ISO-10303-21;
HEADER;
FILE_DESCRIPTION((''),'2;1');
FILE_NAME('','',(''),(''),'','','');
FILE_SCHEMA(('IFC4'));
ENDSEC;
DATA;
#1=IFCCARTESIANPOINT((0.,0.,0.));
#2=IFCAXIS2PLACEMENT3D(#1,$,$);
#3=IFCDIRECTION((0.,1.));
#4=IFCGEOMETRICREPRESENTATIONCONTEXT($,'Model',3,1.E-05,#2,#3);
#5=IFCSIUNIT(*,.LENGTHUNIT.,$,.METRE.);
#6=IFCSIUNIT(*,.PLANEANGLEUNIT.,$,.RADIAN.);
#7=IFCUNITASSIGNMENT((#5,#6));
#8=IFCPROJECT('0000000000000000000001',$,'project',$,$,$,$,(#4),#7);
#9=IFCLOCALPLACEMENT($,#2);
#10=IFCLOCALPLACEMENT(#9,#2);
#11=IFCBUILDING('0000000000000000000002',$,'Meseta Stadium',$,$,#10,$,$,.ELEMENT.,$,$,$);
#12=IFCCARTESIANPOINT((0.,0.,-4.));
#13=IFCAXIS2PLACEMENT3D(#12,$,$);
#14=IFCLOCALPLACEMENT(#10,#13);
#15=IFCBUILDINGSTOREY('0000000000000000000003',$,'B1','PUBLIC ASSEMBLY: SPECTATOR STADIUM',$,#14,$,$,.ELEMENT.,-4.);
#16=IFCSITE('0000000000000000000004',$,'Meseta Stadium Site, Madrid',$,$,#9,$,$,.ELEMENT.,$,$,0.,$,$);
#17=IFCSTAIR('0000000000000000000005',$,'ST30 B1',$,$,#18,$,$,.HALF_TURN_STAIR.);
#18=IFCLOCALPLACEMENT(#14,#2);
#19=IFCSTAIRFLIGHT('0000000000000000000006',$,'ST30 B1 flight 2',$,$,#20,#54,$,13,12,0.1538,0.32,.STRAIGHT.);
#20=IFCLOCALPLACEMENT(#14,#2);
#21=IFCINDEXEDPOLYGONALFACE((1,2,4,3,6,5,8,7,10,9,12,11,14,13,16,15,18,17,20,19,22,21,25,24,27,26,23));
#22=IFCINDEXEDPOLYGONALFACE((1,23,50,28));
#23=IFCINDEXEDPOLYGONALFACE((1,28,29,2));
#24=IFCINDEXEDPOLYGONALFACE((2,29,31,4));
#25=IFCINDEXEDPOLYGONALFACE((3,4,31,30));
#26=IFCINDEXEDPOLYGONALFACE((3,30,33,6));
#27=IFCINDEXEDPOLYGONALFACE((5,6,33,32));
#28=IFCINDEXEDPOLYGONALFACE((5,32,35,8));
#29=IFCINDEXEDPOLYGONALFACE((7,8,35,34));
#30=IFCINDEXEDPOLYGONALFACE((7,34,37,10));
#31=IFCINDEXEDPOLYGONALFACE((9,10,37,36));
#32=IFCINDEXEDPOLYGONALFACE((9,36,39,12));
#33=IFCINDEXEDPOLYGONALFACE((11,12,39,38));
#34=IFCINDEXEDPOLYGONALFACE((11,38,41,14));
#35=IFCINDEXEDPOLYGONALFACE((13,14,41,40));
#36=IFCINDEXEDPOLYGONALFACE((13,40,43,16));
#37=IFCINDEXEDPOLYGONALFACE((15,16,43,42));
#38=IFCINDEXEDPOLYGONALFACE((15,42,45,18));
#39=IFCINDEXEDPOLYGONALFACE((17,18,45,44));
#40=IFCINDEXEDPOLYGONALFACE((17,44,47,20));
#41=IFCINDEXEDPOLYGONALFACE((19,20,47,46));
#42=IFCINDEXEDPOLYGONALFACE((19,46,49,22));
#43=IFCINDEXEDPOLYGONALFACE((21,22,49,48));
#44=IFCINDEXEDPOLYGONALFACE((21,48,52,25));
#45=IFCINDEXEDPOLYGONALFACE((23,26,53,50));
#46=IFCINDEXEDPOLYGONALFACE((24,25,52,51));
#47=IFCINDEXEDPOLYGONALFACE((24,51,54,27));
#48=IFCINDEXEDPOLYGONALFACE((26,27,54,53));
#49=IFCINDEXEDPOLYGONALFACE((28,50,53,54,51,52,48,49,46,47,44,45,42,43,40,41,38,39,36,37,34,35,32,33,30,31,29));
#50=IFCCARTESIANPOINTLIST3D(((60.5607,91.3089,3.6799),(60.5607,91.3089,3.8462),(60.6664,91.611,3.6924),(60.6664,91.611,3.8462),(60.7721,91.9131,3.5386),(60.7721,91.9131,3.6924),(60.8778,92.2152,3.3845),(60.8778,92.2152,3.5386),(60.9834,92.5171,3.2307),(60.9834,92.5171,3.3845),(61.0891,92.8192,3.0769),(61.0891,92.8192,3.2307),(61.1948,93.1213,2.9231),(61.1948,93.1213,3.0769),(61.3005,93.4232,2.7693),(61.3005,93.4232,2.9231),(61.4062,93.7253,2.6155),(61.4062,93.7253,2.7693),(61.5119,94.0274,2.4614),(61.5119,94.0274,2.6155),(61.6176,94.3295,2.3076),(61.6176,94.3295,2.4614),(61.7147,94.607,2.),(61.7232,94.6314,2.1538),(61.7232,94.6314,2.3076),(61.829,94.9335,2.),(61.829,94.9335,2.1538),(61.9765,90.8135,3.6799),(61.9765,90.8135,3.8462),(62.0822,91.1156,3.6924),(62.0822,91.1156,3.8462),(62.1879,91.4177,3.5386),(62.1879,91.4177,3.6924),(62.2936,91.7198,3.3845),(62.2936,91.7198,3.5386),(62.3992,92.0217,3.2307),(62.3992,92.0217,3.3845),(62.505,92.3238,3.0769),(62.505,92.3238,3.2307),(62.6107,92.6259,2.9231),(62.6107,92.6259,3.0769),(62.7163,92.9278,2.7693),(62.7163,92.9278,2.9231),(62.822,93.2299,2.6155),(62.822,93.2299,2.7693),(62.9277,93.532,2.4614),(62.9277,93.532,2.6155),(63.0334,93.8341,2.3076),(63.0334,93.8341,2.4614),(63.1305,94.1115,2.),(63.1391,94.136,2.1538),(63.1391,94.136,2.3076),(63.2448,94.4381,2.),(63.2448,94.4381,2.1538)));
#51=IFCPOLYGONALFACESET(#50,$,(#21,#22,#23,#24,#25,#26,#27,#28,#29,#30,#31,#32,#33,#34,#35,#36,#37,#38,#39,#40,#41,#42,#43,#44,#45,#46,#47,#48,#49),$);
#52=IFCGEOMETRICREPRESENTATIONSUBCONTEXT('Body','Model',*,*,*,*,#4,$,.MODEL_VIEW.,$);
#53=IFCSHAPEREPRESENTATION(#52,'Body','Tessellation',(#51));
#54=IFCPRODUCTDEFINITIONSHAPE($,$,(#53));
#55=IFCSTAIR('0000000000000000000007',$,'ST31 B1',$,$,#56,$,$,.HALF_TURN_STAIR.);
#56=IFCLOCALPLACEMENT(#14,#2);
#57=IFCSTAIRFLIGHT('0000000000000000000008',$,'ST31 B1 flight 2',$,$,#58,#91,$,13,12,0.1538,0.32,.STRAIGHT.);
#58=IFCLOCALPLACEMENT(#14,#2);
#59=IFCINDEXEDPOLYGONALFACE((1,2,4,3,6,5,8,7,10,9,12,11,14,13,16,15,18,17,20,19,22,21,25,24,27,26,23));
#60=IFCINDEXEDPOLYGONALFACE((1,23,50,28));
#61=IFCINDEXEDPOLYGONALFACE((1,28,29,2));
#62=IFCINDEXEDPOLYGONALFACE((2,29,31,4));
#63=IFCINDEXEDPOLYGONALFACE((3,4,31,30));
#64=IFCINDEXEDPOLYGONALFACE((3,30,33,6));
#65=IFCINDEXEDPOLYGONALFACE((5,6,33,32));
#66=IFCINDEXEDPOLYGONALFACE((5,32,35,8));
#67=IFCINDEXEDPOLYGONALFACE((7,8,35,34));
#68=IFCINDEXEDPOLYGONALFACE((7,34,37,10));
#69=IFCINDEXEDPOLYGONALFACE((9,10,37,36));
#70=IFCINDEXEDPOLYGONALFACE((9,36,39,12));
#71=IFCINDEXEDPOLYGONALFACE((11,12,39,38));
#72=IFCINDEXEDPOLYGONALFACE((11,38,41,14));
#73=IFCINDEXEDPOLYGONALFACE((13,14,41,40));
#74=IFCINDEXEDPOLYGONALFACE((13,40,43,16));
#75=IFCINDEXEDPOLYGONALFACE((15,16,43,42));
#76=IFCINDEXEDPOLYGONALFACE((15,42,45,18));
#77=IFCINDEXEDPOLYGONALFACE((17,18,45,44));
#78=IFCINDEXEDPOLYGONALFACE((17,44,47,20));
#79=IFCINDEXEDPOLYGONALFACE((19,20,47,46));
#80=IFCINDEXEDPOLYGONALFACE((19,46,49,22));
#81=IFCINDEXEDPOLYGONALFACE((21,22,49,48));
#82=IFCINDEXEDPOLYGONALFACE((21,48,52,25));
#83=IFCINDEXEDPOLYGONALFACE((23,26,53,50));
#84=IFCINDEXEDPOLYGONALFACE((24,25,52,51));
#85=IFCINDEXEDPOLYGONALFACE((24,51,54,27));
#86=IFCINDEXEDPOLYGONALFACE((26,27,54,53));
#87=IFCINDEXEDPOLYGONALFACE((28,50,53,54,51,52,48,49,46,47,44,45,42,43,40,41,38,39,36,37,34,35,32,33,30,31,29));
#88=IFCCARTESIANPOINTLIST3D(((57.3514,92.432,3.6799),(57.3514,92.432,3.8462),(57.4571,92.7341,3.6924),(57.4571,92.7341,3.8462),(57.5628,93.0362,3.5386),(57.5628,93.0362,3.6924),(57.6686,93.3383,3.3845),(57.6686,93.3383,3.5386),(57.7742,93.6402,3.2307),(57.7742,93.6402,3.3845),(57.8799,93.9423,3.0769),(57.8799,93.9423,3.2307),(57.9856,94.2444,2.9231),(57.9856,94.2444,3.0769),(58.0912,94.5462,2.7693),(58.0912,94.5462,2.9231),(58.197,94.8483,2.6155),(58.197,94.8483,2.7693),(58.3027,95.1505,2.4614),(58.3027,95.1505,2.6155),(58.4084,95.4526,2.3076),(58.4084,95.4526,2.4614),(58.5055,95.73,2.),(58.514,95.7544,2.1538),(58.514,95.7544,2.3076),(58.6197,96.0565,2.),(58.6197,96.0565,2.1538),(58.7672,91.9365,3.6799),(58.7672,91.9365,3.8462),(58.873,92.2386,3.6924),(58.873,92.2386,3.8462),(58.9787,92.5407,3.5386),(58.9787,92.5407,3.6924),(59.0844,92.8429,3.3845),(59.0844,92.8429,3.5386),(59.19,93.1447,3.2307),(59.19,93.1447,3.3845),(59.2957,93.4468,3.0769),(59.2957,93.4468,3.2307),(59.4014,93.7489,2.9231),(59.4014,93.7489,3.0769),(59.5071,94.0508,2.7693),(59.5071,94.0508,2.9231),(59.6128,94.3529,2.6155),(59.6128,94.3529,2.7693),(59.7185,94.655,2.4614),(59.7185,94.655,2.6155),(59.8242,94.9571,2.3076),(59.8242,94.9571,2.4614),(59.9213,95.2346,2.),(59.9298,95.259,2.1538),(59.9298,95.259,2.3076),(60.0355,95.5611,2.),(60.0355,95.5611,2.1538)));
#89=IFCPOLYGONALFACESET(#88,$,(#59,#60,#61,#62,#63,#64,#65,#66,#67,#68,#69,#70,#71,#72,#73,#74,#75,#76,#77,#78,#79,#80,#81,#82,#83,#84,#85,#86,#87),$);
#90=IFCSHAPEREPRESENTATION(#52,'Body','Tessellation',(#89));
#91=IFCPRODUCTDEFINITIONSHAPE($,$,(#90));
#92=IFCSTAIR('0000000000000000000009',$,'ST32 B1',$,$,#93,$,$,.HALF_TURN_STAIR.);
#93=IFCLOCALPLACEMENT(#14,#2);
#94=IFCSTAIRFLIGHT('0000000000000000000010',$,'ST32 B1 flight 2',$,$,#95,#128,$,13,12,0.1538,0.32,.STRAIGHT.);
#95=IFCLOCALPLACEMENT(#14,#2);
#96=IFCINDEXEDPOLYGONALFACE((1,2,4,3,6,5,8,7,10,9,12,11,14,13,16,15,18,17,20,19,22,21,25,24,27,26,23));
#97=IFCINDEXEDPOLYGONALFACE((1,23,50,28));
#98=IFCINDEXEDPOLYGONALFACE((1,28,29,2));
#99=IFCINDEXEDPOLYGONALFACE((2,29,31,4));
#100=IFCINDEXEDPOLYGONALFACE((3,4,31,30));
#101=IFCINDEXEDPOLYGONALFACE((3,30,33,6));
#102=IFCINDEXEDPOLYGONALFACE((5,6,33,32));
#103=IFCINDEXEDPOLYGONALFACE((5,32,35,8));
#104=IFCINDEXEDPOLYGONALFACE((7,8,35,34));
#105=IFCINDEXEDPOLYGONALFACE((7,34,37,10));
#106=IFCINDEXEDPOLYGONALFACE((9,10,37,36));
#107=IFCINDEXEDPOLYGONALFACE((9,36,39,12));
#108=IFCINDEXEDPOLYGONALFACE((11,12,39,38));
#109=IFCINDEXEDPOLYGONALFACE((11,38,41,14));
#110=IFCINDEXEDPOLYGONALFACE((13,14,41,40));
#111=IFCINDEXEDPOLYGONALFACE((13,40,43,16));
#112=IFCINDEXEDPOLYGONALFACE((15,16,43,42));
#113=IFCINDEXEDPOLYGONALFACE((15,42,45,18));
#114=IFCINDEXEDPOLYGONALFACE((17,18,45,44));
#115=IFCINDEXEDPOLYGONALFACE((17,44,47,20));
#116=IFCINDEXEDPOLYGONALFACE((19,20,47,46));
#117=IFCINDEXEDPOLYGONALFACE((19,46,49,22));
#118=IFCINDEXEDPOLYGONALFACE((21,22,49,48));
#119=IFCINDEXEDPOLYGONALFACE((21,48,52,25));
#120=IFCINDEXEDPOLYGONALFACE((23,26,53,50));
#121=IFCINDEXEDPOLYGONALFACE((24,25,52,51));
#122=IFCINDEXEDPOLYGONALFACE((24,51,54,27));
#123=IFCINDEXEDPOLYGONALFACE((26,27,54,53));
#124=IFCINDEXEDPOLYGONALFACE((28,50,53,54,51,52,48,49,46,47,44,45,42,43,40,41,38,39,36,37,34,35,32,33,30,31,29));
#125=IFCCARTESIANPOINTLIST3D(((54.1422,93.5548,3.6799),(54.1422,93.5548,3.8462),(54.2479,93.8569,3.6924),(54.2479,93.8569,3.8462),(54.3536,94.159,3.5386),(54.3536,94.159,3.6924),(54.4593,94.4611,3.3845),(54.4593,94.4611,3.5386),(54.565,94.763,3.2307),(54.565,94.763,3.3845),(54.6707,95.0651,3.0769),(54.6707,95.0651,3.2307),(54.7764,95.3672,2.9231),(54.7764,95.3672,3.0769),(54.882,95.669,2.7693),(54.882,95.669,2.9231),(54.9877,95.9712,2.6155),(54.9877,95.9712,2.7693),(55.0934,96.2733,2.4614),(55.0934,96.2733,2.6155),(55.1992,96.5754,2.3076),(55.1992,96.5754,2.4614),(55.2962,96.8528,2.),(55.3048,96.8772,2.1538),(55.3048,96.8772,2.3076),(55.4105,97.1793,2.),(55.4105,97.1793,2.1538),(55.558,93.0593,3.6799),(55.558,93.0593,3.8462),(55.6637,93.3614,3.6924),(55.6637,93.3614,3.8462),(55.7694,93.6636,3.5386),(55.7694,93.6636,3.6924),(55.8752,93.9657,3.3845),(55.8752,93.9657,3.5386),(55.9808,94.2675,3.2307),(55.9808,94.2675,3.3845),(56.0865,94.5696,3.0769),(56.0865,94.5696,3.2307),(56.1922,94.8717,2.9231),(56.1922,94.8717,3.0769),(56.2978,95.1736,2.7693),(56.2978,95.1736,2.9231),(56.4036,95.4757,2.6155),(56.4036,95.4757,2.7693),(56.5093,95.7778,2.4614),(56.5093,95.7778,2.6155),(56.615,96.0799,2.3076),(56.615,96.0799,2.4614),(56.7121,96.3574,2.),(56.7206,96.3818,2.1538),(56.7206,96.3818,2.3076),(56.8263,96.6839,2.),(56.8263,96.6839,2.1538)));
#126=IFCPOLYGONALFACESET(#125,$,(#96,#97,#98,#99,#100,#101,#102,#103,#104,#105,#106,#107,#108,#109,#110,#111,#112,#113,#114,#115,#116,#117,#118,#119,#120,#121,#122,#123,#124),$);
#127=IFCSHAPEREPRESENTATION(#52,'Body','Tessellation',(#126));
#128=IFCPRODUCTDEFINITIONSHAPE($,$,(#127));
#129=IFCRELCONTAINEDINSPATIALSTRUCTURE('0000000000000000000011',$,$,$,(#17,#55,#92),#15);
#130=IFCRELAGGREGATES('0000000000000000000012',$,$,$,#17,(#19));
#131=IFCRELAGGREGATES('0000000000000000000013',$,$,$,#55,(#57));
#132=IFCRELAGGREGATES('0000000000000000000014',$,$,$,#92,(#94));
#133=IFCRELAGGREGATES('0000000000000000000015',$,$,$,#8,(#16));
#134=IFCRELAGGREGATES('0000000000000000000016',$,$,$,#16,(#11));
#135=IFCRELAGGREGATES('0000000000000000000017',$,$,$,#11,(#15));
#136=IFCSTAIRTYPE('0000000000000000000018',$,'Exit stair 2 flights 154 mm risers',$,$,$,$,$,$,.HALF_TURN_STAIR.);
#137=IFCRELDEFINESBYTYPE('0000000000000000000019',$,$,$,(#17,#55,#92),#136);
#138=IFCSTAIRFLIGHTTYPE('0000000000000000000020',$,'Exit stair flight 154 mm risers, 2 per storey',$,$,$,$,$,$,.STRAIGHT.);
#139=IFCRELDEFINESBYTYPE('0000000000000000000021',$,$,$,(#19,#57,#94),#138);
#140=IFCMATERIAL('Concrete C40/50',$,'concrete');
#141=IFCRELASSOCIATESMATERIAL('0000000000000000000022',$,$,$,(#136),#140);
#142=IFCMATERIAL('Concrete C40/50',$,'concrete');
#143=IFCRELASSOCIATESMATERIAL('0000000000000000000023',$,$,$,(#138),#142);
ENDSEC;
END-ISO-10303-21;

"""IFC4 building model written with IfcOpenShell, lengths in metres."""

from ifc_helpers import new_model, si_unit, direction, frame, origin, place, context, subcontext, project, spatial, polyline, outline, extrude, material, type_object, element, aggregate, save


model = new_model("IFC4")

# Units and contexts
model_context = context("Model", 3, precision=1e-05, world=origin(), true_north=direction((0.0, 1.0)))
body_context = subcontext(model_context, "Body", "Model", "MODEL_VIEW")
ifc_project = project(units=[si_unit("LENGTHUNIT", "METRE"), si_unit("PLANEANGLEUNIT", "RADIAN")], contexts=[model_context])

# Site, building, storey
site_placement = place(None, origin())
site = spatial("IfcSite", under=ifc_project, at=site_placement, Name="Meseta Stadium Site, Madrid", CompositionType="ELEMENT", RefElevation=0.0)
building_placement = place(site_placement, origin())
building = spatial("IfcBuilding", under=site, at=building_placement, Name="Meseta Stadium", CompositionType="ELEMENT")
storey_placement = place(building_placement, frame((0.0, 0.0, -4.0)))
storey = spatial("IfcBuildingStorey", under=building, at=storey_placement, Name="B1", Description="PUBLIC ASSEMBLY: SPECTATOR STADIUM", CompositionType="ELEMENT", Elevation=-4.0)

# Stairs, stair flights
ifc_material_1 = material(Name="Concrete C40/50", Category="concrete")
stair_type = type_object("IfcStairType", Name="Exit stair 2 flights 154 mm risers", PredefinedType="HALF_TURN_STAIR", material=ifc_material_1)
stair_1_placement = place(storey_placement, origin())
stair_1 = element("IfcStair", 1, at=stair_1_placement, inside=storey, type_object=stair_type, Name="ST30 B1", PredefinedType="HALF_TURN_STAIR")
ifc_material_2 = material(Name="Concrete C40/50", Category="concrete")
stair_flight_type = type_object("IfcStairFlightType", Name="Exit stair flight 154 mm risers, 2 per storey", PredefinedType="STRAIGHT", material=ifc_material_2)
stair_flight_1_placement = place(storey_placement, frame((62.5369, 94.6858, 2.0), z_axis=(0.0, 0.0, 1.0), x_axis=(-0.330279, -0.943883, 0.0)))
stair_flight_1 = element("IfcStairFlight", 2, at=stair_flight_1_placement, type_object=stair_flight_type, Name="ST30 B1 flight 2", NumberOfRisers=13, NumberOfTreads=12, PredefinedType="STRAIGHT", RiserHeight=0.1538, TreadLength=0.32, context=body_context, shape_type="SweptSolid", body=[
    extrude(outline(polyline([(0.0, 0.0), (0.0, 0.1538), (0.3201, 0.1538), (0.3201, 0.3076), (0.6399, 0.3076), (0.6399, 0.4614), (0.96, 0.4614), (0.96, 0.6155), (1.28, 0.6155), (1.28, 0.7693), (1.6001, 0.7693), (1.6001, 0.9231), (1.9199, 0.9231), (1.9199, 1.0769), (2.24, 1.0769), (2.24, 1.2307), (2.5601, 1.2307), (2.5601, 1.3845), (2.8799, 1.3845), (2.8799, 1.5386), (3.2, 1.5386), (3.2, 1.6924), (3.52, 1.6924), (3.52, 1.8462), (3.8401, 1.8462), (3.8401, 1.6799), (0.3459, 0.0), (0.0, 0.0)])), frame((0.0, 0.75, 0.0), z_axis=(0.0, -1.0, 0.0), x_axis=(1.0, 0.0, 0.0)), (0.0, 0.0, 1.0), 1.5),
])
aggregate(stair_1, [stair_flight_1])
stair_2_placement = place(storey_placement, origin())
stair_2 = element("IfcStair", 3, at=stair_2_placement, inside=storey, type_object=stair_type, Name="ST31 B1", PredefinedType="HALF_TURN_STAIR")
stair_flight_2_placement = place(storey_placement, frame((59.3276, 95.8088, 2.0), z_axis=(0.0, 0.0, 1.0), x_axis=(-0.330279, -0.943883, 0.0)))
stair_flight_2 = element("IfcStairFlight", 4, at=stair_flight_2_placement, type_object=stair_flight_type, Name="ST31 B1 flight 2", NumberOfRisers=13, NumberOfTreads=12, PredefinedType="STRAIGHT", RiserHeight=0.1538, TreadLength=0.32, context=body_context, shape_type="SweptSolid", body=[
    extrude(outline(polyline([(0.0, 0.0), (0.0, 0.1538), (0.3201, 0.1538), (0.3201, 0.3076), (0.6399, 0.3076), (0.6399, 0.4614), (0.96, 0.4614), (0.96, 0.6155), (1.28, 0.6155), (1.28, 0.7693), (1.6001, 0.7693), (1.6001, 0.9231), (1.9199, 0.9231), (1.9199, 1.0769), (2.24, 1.0769), (2.24, 1.2307), (2.5601, 1.2307), (2.5601, 1.3845), (2.8799, 1.3845), (2.8799, 1.5386), (3.2, 1.5386), (3.2, 1.6924), (3.52, 1.6924), (3.52, 1.8462), (3.8401, 1.8462), (3.8401, 1.6799), (0.3459, 0.0), (0.0, 0.0)])), frame((0.0, 0.75, 0.0), z_axis=(0.0, -1.0, 0.0), x_axis=(1.0, 0.0, 0.0)), (0.0, 0.0, 1.0), 1.5),
])
aggregate(stair_2, [stair_flight_2])
stair_3_placement = place(storey_placement, origin())
stair_3 = element("IfcStair", 5, at=stair_3_placement, inside=storey, type_object=stair_type, Name="ST32 B1", PredefinedType="HALF_TURN_STAIR")
stair_flight_3_placement = place(storey_placement, frame((56.1184, 96.9316, 2.0), z_axis=(0.0, 0.0, 1.0), x_axis=(-0.330279, -0.943883, 0.0)))
stair_flight_3 = element("IfcStairFlight", 6, at=stair_flight_3_placement, type_object=stair_flight_type, Name="ST32 B1 flight 2", NumberOfRisers=13, NumberOfTreads=12, PredefinedType="STRAIGHT", RiserHeight=0.1538, TreadLength=0.32, context=body_context, shape_type="SweptSolid", body=[
    extrude(outline(polyline([(0.0, 0.0), (0.0, 0.1538), (0.3201, 0.1538), (0.3201, 0.3076), (0.6399, 0.3076), (0.6399, 0.4614), (0.96, 0.4614), (0.96, 0.6155), (1.28, 0.6155), (1.28, 0.7693), (1.6001, 0.7693), (1.6001, 0.9231), (1.9199, 0.9231), (1.9199, 1.0769), (2.24, 1.0769), (2.24, 1.2307), (2.5601, 1.2307), (2.5601, 1.3845), (2.8799, 1.3845), (2.8799, 1.5386), (3.2, 1.5386), (3.2, 1.6924), (3.52, 1.6924), (3.52, 1.8462), (3.8401, 1.8462), (3.8401, 1.6799), (0.3459, 0.0), (0.0, 0.0)])), frame((0.0, 0.75, 0.0), z_axis=(0.0, -1.0, 0.0), x_axis=(1.0, 0.0, 0.0)), (0.0, 0.0, 1.0), 1.5),
])
aggregate(stair_3, [stair_flight_3])

save(model, "model.ifc")
